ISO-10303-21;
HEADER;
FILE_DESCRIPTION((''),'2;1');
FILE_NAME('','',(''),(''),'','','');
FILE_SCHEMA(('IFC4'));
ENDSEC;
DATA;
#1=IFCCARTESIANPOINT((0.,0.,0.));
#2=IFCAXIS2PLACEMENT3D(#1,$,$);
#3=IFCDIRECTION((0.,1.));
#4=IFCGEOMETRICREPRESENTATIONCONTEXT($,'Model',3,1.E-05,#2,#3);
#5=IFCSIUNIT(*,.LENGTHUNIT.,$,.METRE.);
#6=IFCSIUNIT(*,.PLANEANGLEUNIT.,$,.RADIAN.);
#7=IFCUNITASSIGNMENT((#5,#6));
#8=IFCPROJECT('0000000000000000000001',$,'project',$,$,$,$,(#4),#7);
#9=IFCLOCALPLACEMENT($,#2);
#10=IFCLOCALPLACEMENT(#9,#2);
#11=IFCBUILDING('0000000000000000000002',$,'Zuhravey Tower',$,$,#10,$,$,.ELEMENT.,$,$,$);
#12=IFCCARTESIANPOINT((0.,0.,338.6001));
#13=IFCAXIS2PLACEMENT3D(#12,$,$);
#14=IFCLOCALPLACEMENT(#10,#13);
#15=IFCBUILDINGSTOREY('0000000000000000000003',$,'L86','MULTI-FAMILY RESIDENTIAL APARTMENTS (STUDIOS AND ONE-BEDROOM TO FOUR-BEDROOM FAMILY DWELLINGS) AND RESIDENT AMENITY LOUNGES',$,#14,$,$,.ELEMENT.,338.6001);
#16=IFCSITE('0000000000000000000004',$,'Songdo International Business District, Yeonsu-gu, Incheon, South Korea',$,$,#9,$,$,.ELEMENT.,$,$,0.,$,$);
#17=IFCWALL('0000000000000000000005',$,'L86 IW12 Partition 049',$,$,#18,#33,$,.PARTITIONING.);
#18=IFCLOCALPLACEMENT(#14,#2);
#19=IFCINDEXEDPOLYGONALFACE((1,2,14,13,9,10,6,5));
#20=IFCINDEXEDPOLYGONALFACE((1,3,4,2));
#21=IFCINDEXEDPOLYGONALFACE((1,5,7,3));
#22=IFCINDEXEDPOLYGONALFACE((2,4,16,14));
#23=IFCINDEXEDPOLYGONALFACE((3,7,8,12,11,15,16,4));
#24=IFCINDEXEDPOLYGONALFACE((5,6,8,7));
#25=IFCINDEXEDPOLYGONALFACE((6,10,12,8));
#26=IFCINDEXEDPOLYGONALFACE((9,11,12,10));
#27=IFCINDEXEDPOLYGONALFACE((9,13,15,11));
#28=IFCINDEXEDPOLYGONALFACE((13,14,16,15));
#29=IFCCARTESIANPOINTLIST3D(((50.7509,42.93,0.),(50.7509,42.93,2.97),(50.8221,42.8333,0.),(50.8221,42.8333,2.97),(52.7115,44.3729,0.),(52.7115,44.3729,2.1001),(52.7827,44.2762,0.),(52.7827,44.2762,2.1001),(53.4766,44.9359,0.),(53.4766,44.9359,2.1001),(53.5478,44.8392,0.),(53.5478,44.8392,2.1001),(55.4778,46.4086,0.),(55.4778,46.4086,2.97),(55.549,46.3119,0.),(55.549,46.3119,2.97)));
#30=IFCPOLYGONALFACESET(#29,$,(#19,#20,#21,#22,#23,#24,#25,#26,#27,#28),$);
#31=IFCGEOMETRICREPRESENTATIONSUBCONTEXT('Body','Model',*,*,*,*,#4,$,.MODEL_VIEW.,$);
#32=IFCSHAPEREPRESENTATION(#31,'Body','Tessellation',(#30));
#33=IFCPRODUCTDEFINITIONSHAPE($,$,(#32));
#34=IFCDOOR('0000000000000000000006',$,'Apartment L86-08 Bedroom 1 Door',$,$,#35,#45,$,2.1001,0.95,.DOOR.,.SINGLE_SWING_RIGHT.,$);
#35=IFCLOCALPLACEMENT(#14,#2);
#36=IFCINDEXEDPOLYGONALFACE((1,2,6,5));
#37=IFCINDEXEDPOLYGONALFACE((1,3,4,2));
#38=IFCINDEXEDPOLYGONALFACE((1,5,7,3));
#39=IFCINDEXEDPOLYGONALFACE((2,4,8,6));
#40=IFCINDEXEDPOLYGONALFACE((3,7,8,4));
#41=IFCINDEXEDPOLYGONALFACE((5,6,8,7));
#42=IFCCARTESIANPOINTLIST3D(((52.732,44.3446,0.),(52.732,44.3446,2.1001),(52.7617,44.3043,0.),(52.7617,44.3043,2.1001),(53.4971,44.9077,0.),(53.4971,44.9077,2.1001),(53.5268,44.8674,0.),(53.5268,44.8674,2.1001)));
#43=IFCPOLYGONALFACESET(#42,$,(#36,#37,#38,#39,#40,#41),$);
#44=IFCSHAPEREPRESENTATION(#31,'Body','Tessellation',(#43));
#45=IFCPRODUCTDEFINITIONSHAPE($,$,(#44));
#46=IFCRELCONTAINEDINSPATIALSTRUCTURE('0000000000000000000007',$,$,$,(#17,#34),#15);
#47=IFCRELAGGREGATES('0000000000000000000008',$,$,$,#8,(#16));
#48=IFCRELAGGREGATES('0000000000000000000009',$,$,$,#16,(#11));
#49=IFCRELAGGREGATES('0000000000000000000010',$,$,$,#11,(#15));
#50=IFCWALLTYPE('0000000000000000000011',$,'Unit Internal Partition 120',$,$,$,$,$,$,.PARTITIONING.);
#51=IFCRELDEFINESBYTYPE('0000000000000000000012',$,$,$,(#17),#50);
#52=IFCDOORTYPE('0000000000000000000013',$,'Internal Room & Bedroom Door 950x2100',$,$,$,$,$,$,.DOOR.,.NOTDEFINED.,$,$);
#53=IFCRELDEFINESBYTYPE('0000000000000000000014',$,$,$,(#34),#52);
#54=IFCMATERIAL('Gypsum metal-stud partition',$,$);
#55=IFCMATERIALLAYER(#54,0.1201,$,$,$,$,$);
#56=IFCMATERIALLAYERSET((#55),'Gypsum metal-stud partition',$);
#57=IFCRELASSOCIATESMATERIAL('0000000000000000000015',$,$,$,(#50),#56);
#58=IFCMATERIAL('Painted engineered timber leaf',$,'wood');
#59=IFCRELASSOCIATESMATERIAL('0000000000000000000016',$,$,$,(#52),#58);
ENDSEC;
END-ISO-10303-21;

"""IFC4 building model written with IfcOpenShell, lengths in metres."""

from ifc_helpers import new_model, si_unit, direction, frame, frame_2d, origin, place, context, subcontext, project, spatial, rectangle, extrude, material, layer, layer_set, type_object, element, fill, save


model = new_model("IFC4")

# Units and contexts
model_context = context("Model", 3, precision=1e-05, world=origin(), true_north=direction((0.0, 1.0)))
body_context = subcontext(model_context, "Body", "Model", "MODEL_VIEW")
ifc_project = project(units=[si_unit("LENGTHUNIT", "METRE"), si_unit("PLANEANGLEUNIT", "RADIAN")], contexts=[model_context])

# Site, building, storey
site_placement = place(None, origin())
site = spatial("IfcSite", under=ifc_project, at=site_placement, Name="Songdo International Business District, Yeonsu-gu, Incheon, South Korea", CompositionType="ELEMENT", RefElevation=0.0)
building_placement = place(site_placement, origin())
building = spatial("IfcBuilding", under=site, at=building_placement, Name="Zuhravey Tower", CompositionType="ELEMENT")
storey_placement = place(building_placement, frame((0.0, 0.0, 338.6001)))
storey = spatial("IfcBuildingStorey", under=building, at=storey_placement, Name="L86", Description="MULTI-FAMILY RESIDENTIAL APARTMENTS (STUDIOS AND ONE-BEDROOM TO FOUR-BEDROOM FAMILY DWELLINGS) AND RESIDENT AMENITY LOUNGES", CompositionType="ELEMENT", Elevation=338.6001)

# Wall, opening, door
ifc_material_1 = material(Name="Gypsum metal-stud partition")
ifc_layer_1 = layer(ifc_material_1, 0.1201)
ifc_layer_set_1 = layer_set([ifc_layer_1], Name="Gypsum metal-stud partition")
wall_type_1 = type_object("IfcWallType", Name="Unit Internal Partition 120", PredefinedType="PARTITIONING", material=ifc_layer_set_1)
wall_1_placement = place(storey_placement, frame((50.7864, 42.8816, 0.0), z_axis=(0.0, 0.0, 1.0), x_axis=(0.805413, 0.592714, 0.0)))
wall_1 = element("IfcWall", 1, at=wall_1_placement, inside=storey, type_object=wall_type_1, Name="L86 IW12 Partition 049", PredefinedType="PARTITIONING", context=body_context, shape_type="SweptSolid", body=[
    extrude(rectangle(XDim=5.8689, YDim=0.1201, at=frame_2d((2.9346, 0.0))), origin(), (0.0, 0.0, 1.0), 2.97),
])
opening_1_placement = place(wall_1_placement, frame((2.4343, 0.0, 0.0)))
opening_1 = element("IfcOpeningElement", 2, at=opening_1_placement, cuts=wall_1, PredefinedType="OPENING", context=body_context, shape_type="SweptSolid", body=[
    extrude(rectangle(XDim=0.95, YDim=2.1001, at=frame_2d((0.4751, 1.05))), frame((0.0, 0.072, 0.0), z_axis=(0.0, -1.0, 0.0), x_axis=(1.0, 0.0, 0.0)), (0.0, 0.0, 1.0), 0.144),
])
ifc_material_2 = material(Name="Painted engineered timber leaf", Category="wood")
door_type_1 = type_object("IfcDoorType", Name="Internal Room & Bedroom Door 950x2100", OperationType="NOTDEFINED", PredefinedType="DOOR", material=ifc_material_2)
door_1_placement = place(opening_1_placement, frame((0.95, 0.0, 0.0), z_axis=(0.0, 0.0, 1.0), x_axis=(-1.0, 0.0, 0.0)))
door_1 = element("IfcDoor", 3, at=door_1_placement, inside=storey, type_object=door_type_1, Name="Apartment L86-08 Bedroom 1 Door", OperationType="SINGLE_SWING_RIGHT", OverallHeight=2.1001, OverallWidth=0.95, PredefinedType="DOOR", context=body_context, shape_type="SweptSolid", body=[
    extrude(rectangle(XDim=0.95, YDim=2.1001, at=frame_2d((0.4751, 1.05))), frame((0.0, 0.0249, 0.0), z_axis=(0.0, -1.0, 0.0), x_axis=(1.0, 0.0, 0.0)), (0.0, 0.0, 1.0), 0.05),
])
fill(opening_1, door_1)

save(model, "model.ifc")
